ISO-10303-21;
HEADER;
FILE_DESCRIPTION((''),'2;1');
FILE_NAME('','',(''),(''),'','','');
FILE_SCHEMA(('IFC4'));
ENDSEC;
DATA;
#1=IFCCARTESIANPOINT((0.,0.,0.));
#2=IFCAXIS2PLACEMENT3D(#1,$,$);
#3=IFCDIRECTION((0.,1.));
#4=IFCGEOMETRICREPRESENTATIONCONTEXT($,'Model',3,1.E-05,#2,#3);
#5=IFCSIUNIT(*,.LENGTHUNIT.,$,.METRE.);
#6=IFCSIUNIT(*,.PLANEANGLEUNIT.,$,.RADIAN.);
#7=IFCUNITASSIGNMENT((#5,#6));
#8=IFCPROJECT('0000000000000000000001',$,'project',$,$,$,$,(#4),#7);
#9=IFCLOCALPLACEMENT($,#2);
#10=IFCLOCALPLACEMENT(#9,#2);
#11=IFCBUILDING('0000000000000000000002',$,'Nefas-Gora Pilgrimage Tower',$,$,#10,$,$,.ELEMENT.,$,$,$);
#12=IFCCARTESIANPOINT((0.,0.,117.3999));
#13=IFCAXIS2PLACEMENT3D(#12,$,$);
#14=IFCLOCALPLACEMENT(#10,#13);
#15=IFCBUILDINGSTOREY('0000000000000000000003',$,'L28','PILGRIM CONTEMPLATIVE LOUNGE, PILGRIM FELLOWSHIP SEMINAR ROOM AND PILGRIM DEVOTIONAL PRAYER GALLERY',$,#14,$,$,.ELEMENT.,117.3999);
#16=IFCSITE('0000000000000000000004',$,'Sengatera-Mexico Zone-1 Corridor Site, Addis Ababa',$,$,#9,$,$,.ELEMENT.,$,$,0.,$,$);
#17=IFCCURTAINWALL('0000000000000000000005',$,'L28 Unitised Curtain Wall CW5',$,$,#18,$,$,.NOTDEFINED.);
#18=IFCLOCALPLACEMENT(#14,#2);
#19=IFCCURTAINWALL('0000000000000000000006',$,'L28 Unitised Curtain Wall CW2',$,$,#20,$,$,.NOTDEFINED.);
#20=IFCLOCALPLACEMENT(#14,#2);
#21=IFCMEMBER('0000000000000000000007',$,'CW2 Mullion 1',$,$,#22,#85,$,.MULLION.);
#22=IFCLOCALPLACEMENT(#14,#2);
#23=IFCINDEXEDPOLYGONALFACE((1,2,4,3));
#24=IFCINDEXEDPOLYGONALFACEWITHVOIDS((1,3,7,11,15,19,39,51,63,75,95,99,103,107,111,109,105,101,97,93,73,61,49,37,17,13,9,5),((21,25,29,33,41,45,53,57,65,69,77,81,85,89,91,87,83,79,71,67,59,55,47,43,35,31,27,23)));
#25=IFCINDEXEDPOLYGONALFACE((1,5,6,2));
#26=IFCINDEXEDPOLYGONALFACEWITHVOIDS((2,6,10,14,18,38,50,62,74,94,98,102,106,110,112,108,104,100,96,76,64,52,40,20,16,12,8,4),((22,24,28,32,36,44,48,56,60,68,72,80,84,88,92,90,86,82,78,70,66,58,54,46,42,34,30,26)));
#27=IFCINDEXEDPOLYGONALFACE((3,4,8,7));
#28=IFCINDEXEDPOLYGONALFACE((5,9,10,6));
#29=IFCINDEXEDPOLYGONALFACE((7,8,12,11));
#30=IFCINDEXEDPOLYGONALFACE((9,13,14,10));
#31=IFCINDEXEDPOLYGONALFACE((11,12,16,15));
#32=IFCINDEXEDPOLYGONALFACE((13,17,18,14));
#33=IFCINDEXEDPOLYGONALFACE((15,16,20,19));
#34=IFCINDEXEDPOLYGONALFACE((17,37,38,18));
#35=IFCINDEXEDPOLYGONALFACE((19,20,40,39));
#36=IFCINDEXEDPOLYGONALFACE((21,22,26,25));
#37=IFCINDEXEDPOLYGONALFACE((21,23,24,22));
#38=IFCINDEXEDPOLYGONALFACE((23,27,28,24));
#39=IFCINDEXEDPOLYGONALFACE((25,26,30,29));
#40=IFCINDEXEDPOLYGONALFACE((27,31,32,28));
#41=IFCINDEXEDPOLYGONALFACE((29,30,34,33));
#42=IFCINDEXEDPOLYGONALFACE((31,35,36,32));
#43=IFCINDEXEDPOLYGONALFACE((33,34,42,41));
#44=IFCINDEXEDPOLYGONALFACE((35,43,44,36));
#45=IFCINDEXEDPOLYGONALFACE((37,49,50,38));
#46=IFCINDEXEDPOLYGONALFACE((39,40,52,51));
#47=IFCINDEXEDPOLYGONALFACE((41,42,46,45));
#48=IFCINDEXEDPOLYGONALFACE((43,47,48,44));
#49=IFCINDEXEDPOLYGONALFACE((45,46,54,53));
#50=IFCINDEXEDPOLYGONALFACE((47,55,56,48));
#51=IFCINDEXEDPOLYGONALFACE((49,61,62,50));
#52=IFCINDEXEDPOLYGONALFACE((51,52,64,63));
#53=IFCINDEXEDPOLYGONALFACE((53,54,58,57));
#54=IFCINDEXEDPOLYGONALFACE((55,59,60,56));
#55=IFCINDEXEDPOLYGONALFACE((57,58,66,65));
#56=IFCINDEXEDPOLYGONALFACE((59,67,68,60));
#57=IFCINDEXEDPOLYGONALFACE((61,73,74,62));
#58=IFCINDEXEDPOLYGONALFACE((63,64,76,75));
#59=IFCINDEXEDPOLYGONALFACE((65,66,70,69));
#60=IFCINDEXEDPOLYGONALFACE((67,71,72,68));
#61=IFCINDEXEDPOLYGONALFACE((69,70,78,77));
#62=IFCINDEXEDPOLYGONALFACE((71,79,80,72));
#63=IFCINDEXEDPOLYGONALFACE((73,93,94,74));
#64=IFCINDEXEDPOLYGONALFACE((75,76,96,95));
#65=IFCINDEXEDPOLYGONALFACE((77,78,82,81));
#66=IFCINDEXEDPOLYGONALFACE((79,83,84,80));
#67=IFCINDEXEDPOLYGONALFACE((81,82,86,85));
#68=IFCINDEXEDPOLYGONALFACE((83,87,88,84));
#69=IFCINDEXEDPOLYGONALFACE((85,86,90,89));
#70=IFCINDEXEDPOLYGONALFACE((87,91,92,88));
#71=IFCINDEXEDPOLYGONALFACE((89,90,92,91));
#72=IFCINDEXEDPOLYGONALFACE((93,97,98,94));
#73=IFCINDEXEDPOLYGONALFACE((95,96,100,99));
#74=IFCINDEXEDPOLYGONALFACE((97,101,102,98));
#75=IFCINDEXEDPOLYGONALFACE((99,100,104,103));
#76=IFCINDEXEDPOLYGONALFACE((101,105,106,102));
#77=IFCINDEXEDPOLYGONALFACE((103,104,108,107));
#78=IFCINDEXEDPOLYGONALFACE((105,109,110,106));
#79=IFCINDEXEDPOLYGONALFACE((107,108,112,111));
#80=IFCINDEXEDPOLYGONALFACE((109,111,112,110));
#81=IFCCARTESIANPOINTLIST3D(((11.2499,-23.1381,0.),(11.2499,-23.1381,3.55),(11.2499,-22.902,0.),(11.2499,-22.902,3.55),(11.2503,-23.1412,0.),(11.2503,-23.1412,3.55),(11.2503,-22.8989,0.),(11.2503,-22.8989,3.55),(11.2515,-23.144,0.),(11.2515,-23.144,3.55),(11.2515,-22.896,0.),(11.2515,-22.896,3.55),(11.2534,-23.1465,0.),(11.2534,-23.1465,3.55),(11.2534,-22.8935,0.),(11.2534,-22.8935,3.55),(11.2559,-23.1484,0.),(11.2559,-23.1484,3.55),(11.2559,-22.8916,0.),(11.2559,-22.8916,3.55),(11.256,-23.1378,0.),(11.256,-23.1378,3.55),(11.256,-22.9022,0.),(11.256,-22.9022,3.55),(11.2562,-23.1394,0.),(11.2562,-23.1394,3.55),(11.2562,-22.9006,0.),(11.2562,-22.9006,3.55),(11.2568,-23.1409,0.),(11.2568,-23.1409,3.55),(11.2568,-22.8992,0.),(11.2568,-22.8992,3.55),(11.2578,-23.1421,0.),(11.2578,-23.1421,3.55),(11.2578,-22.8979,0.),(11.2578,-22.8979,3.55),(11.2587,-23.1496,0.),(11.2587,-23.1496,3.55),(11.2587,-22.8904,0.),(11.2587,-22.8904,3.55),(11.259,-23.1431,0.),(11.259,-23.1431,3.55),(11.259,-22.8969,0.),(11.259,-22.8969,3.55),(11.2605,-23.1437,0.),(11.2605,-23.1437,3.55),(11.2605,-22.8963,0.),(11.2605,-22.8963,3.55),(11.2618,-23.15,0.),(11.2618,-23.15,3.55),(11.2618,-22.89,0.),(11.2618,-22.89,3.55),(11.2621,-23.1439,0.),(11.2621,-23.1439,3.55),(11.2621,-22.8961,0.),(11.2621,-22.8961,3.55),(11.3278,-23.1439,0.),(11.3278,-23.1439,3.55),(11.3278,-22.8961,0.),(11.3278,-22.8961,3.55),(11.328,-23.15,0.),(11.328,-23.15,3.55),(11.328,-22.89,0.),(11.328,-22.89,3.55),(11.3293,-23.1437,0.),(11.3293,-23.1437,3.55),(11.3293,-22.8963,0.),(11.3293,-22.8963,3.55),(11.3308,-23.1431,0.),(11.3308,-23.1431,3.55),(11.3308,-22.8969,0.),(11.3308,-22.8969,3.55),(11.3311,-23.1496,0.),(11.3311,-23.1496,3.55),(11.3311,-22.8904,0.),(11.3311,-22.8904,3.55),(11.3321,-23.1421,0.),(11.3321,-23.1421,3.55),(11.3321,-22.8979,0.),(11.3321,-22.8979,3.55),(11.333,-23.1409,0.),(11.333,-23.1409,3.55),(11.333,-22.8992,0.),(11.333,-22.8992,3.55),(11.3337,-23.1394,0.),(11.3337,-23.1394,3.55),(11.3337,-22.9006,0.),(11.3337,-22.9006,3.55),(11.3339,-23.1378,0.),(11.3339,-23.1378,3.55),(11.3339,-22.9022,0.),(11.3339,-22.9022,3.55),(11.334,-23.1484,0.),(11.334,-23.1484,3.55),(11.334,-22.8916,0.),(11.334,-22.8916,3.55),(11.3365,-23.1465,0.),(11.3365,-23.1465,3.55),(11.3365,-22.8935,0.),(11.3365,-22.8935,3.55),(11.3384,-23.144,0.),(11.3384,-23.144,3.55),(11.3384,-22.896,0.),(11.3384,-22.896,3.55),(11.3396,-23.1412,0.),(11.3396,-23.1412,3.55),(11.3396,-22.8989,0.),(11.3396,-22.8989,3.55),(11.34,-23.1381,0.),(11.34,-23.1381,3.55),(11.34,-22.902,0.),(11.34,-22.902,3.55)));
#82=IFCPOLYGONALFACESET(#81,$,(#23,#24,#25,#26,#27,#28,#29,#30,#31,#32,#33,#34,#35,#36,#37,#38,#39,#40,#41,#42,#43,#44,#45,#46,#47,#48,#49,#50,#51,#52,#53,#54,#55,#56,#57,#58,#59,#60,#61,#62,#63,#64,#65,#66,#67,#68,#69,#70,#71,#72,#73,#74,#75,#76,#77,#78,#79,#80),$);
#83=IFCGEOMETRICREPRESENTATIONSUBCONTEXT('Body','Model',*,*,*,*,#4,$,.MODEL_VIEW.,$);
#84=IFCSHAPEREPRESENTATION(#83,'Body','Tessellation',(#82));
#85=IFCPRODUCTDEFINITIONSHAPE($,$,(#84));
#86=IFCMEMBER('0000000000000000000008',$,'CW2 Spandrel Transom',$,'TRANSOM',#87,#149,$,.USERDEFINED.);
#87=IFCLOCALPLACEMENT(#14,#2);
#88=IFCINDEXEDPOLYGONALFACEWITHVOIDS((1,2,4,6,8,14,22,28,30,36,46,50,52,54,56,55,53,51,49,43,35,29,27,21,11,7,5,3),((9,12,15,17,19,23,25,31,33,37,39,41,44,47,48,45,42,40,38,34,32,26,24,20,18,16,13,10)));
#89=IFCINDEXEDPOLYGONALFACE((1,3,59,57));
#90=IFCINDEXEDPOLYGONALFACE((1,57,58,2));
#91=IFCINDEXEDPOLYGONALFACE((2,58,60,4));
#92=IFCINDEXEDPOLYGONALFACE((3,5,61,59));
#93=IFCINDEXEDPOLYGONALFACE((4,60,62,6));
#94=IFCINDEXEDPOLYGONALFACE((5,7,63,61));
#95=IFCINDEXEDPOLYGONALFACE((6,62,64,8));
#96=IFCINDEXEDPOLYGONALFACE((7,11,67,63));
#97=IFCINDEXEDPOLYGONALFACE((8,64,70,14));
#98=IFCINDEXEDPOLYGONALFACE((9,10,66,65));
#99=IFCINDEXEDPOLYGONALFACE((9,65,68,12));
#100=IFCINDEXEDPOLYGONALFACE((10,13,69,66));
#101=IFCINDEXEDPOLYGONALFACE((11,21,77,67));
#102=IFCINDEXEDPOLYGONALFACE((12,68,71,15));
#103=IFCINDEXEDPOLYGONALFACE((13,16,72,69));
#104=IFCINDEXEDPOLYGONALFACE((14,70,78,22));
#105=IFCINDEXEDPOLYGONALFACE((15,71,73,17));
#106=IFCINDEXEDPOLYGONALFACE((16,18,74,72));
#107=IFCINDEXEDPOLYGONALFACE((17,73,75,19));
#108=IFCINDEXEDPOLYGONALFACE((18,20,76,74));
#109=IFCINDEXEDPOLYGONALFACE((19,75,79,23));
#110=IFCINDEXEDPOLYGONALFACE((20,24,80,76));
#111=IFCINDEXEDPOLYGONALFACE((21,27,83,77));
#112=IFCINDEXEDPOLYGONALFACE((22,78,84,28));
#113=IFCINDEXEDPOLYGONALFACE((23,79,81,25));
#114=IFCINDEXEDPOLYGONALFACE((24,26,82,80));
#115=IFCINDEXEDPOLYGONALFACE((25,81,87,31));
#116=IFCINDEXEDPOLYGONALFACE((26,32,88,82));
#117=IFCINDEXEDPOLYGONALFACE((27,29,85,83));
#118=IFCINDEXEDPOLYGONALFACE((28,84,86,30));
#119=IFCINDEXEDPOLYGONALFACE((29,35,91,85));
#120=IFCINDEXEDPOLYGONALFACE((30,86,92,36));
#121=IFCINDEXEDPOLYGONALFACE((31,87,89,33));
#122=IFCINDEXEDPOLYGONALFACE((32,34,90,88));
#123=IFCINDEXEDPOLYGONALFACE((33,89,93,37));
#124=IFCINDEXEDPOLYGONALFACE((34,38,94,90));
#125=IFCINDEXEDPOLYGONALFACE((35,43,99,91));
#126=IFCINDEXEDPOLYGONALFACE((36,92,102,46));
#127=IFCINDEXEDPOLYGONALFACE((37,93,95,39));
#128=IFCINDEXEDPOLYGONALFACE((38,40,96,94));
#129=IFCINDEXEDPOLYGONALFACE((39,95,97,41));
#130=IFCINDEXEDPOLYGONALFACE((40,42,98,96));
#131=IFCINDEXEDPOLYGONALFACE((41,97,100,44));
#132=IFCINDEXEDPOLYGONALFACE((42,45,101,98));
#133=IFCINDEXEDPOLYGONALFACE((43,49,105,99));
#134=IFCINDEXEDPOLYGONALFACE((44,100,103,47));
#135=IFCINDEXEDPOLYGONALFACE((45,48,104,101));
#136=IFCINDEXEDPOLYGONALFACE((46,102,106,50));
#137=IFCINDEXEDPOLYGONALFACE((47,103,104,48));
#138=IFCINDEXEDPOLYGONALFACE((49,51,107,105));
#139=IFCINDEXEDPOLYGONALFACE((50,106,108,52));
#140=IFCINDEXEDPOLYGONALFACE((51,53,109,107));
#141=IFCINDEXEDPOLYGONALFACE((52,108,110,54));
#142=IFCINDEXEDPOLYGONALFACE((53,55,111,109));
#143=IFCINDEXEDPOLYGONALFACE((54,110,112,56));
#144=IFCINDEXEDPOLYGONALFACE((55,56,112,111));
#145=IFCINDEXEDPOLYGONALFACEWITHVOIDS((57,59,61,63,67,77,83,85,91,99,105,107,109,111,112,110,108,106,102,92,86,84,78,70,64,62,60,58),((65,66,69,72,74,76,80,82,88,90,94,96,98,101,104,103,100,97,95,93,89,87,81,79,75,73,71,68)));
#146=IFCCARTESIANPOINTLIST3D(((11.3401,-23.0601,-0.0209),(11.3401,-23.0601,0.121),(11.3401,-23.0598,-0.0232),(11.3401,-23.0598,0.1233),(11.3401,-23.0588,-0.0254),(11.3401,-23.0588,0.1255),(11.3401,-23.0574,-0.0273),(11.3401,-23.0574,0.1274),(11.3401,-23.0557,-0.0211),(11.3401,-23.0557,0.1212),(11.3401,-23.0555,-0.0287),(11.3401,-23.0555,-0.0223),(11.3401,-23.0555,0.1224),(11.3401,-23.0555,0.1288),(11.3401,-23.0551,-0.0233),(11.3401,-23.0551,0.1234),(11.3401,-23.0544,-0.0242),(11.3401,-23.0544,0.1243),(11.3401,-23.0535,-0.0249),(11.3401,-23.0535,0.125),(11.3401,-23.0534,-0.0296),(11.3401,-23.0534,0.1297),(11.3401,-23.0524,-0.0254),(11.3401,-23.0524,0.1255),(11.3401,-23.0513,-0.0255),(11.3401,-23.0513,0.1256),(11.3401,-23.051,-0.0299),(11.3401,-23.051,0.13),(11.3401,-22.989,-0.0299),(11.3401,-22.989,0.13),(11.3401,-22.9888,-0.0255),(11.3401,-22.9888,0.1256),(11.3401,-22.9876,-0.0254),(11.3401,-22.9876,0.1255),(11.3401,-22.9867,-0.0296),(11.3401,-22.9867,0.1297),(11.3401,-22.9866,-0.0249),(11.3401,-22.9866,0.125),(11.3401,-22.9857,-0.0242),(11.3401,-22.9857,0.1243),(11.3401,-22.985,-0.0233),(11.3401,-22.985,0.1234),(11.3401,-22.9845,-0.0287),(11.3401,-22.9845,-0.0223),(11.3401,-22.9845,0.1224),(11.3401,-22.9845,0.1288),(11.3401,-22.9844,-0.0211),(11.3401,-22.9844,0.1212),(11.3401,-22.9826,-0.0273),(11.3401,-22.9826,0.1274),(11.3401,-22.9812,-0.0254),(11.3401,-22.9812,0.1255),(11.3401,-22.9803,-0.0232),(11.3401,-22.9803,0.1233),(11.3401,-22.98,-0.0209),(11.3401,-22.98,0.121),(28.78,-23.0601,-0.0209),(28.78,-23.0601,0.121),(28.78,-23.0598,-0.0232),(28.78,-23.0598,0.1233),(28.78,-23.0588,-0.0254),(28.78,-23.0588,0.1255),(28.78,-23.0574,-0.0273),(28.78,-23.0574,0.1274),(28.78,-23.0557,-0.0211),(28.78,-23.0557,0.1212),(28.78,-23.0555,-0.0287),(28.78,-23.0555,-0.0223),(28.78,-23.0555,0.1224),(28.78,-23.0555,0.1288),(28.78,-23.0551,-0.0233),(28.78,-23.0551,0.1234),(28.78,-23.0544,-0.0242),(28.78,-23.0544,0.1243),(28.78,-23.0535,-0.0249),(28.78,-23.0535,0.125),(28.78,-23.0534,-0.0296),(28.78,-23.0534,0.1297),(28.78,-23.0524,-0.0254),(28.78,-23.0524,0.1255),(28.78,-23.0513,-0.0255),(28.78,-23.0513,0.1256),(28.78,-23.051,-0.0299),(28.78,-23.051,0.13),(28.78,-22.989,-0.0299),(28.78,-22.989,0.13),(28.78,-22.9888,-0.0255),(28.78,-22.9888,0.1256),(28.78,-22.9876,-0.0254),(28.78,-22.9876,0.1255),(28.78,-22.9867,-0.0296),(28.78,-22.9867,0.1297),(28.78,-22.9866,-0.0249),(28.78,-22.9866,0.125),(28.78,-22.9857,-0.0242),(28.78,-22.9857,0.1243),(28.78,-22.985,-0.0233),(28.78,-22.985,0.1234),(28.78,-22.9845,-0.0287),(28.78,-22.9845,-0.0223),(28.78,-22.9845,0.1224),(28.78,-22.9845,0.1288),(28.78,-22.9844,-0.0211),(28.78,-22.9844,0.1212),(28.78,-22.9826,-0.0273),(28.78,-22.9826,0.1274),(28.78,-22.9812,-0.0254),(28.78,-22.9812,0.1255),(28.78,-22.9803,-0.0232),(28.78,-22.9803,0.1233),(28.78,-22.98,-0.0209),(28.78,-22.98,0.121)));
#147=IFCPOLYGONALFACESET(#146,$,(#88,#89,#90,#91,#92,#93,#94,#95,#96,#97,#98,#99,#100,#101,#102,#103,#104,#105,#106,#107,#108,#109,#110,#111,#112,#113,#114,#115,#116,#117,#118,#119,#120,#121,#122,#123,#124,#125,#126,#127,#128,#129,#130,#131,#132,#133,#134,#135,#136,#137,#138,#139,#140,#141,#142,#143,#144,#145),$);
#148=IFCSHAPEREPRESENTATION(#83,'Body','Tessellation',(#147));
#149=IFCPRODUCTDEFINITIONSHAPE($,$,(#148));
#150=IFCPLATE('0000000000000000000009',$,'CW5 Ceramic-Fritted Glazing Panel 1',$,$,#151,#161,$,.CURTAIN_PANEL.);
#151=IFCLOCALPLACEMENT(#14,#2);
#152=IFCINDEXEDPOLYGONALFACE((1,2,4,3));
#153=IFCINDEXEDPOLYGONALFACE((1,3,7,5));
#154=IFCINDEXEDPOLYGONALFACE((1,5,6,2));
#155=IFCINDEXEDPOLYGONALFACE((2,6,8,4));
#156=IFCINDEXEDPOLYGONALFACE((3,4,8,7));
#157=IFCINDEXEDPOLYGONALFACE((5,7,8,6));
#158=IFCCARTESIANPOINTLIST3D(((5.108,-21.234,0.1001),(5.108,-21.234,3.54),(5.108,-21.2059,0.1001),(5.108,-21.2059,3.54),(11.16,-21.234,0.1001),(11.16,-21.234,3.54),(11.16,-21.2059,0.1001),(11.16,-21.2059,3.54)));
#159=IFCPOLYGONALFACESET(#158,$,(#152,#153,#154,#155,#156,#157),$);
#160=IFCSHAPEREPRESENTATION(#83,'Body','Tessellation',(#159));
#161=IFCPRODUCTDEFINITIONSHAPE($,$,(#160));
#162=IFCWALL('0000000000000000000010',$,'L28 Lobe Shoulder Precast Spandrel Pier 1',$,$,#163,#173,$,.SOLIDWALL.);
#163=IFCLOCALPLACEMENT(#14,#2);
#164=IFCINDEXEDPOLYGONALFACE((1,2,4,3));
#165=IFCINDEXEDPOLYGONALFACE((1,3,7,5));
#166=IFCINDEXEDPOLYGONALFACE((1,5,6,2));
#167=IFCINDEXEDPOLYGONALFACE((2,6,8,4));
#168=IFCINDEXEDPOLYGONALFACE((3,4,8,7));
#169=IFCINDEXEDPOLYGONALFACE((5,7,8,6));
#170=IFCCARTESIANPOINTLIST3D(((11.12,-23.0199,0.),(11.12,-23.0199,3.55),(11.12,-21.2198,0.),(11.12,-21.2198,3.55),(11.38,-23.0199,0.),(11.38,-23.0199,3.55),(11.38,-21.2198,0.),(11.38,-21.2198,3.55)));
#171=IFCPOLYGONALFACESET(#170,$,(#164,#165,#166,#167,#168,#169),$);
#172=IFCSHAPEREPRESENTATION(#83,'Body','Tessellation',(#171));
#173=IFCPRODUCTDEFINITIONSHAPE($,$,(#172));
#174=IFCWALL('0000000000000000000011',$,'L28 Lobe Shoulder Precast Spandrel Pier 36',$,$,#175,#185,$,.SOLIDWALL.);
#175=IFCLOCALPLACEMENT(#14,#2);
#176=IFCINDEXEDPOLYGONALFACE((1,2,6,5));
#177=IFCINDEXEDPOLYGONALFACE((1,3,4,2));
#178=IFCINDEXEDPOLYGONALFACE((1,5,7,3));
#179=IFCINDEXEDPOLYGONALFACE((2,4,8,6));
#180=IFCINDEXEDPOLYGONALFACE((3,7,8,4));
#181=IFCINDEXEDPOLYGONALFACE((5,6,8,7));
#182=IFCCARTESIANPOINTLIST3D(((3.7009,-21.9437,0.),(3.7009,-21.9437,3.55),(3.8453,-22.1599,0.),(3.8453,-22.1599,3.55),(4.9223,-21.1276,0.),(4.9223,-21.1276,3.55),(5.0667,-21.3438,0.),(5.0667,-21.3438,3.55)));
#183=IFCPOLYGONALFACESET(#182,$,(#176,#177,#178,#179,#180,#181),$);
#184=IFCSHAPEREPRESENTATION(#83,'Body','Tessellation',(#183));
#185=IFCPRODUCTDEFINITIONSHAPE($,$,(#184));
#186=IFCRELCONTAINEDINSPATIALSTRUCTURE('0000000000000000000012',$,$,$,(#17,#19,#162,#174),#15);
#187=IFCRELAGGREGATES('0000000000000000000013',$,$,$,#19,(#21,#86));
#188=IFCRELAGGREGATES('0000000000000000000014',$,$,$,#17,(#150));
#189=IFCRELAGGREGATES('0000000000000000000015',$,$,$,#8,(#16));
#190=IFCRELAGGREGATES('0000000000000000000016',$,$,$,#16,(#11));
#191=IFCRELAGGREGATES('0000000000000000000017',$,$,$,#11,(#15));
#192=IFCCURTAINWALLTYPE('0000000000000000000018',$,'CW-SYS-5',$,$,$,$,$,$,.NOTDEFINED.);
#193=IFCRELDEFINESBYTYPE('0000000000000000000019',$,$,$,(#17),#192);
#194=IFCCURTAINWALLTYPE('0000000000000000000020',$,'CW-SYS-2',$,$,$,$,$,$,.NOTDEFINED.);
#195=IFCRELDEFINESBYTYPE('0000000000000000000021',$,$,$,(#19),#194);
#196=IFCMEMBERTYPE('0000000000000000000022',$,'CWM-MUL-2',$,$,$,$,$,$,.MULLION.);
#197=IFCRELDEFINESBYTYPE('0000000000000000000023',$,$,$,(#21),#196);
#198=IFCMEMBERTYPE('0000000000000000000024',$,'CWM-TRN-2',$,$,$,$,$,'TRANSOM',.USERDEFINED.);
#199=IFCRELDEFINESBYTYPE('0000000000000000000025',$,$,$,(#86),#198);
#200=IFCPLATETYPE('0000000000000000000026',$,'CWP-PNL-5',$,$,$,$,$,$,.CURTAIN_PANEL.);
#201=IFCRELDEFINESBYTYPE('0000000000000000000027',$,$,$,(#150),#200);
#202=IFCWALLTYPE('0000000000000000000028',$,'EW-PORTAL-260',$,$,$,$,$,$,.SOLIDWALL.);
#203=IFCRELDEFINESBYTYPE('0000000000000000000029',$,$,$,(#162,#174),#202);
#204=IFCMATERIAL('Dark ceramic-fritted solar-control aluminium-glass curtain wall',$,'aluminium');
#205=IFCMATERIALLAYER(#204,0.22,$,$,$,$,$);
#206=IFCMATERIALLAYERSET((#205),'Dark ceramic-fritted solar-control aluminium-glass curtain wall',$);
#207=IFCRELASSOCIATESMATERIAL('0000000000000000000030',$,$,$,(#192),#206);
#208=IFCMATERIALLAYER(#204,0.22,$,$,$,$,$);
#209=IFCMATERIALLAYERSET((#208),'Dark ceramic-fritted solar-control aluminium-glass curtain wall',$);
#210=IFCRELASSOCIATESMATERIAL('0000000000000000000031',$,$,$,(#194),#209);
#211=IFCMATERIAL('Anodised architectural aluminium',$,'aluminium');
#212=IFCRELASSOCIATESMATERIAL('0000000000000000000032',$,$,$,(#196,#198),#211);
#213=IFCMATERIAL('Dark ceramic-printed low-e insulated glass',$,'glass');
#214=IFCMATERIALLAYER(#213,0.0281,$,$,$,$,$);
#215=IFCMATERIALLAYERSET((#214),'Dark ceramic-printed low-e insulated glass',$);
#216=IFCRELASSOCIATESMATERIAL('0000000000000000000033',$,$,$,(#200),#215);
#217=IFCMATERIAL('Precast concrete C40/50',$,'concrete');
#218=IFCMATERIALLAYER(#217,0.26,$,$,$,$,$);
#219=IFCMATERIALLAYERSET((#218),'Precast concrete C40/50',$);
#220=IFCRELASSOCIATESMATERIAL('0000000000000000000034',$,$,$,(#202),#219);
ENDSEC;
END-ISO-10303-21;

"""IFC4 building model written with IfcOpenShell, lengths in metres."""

from ifc_helpers import new_model, si_unit, direction, frame, frame_2d, origin, origin_2d, place, context, subcontext, project, spatial, rectangle, hollow_rectangle, extrude, source, transform, mapped, material, layer, layer_set, material_profile, profile_set, type_object, element, aggregate, save


model = new_model("IFC4")

# Units and contexts
model_context = context("Model", 3, precision=1e-05, world=origin(), true_north=direction((0.0, 1.0)))
body_context = subcontext(model_context, "Body", "Model", "MODEL_VIEW")
ifc_project = project(units=[si_unit("LENGTHUNIT", "METRE"), si_unit("PLANEANGLEUNIT", "RADIAN")], contexts=[model_context])

# Site, building, storey
site_placement = place(None, origin())
site = spatial("IfcSite", under=ifc_project, at=site_placement, Name="Sengatera-Mexico Zone-1 Corridor Site, Addis Ababa", CompositionType="ELEMENT", RefElevation=0.0)
building_placement = place(site_placement, origin())
building = spatial("IfcBuilding", under=site, at=building_placement, Name="Nefas-Gora Pilgrimage Tower", CompositionType="ELEMENT")
storey_placement = place(building_placement, frame((0.0, 0.0, 117.3999)))
storey = spatial("IfcBuildingStorey", under=building, at=storey_placement, Name="L28", Description="PILGRIM CONTEMPLATIVE LOUNGE, PILGRIM FELLOWSHIP SEMINAR ROOM AND PILGRIM DEVOTIONAL PRAYER GALLERY", CompositionType="ELEMENT", Elevation=117.3999)

# Curtain wall
ifc_material_1 = material(Name="Dark ceramic-fritted solar-control aluminium-glass curtain wall", Category="aluminium")
ifc_layer_1 = layer(ifc_material_1, 0.22)
ifc_layer_set_1 = layer_set([ifc_layer_1], Name="Dark ceramic-fritted solar-control aluminium-glass curtain wall")
curtain_wall_type_1 = type_object("IfcCurtainWallType", Name="CW-SYS-5", PredefinedType="NOTDEFINED", material=ifc_layer_set_1)
curtain_wall_1_placement = place(storey_placement, origin())
curtain_wall_1 = element("IfcCurtainWall", 1, at=curtain_wall_1_placement, inside=storey, type_object=curtain_wall_type_1, Name="L28 Unitised Curtain Wall CW5", PredefinedType="NOTDEFINED")
ifc_material_2 = material(Name="Anodised architectural aluminium", Category="aluminium")

# Curtain wall, members
ifc_layer_2 = layer(ifc_material_1, 0.22)
ifc_layer_set_2 = layer_set([ifc_layer_2], Name="Dark ceramic-fritted solar-control aluminium-glass curtain wall")
curtain_wall_type_2 = type_object("IfcCurtainWallType", Name="CW-SYS-2", PredefinedType="NOTDEFINED", material=ifc_layer_set_2)
curtain_wall_2_placement = place(storey_placement, origin())
curtain_wall_2 = element("IfcCurtainWall", 2, at=curtain_wall_2_placement, inside=storey, type_object=curtain_wall_type_2, Name="L28 Unitised Curtain Wall CW2", PredefinedType="NOTDEFINED")
ifc_material_profile_1 = material_profile(ifc_material_2, hollow_rectangle(XDim=0.0901, YDim=0.26, WallThickness=0.0061, InnerFilletRadius=0.0061, OuterFilletRadius=0.012, at=origin_2d()), Name="ALU MULLION 90x260")
ifc_profile_set_1 = profile_set([ifc_material_profile_1], Name="Anodised architectural aluminium")
member_type_1 = type_object("IfcMemberType", Name="CWM-MUL-2", PredefinedType="MULLION", material=ifc_profile_set_1)
shared_shape_1 = source(origin(), body_context, "Body", "SweptSolid", [
    extrude(hollow_rectangle(XDim=0.0901, YDim=0.26, WallThickness=0.0061, InnerFilletRadius=0.0061, OuterFilletRadius=0.012, at=origin_2d()), origin(), (0.0, 0.0, 1.0), 3.55),
])
member_1_placement = place(storey_placement, frame((11.2949, -23.02, 0.0), z_axis=(0.0, 0.0, 1.0), x_axis=(1.0, 0.0, 0.0)))
member_1 = element("IfcMember", 3, at=member_1_placement, type_object=member_type_1, Name="CW2 Mullion 1", PredefinedType="MULLION", context=body_context, shape_type="MappedRepresentation", body=[
    mapped(shared_shape_1, transform((0.0, 0.0, 0.0), x_axis=(1.0, 0.0, 0.0), y_axis=(0.0, 1.0, 0.0), z_axis=(0.0, 0.0, 1.0), scale=1.0)),
])
ifc_material_profile_2 = material_profile(ifc_material_2, hollow_rectangle(XDim=0.0801, YDim=0.1599, WallThickness=0.0044, InnerFilletRadius=0.0044, OuterFilletRadius=0.009, at=origin_2d()), Name="ALU TRANSOM 80x160")
ifc_profile_set_2 = profile_set([ifc_material_profile_2], Name="Anodised architectural aluminium")
member_type_2 = type_object("IfcMemberType", Name="CWM-TRN-2", ElementType="TRANSOM", PredefinedType="USERDEFINED", material=ifc_profile_set_2)
shared_shape_2 = source(origin(), body_context, "Body", "SweptSolid", [
    extrude(hollow_rectangle(XDim=0.0801, YDim=0.1599, WallThickness=0.0044, InnerFilletRadius=0.0044, OuterFilletRadius=0.009, at=origin_2d()), origin(), (0.0, 0.0, 1.0), 17.4399),
])
member_2_placement = place(storey_placement, frame((11.3401, -23.02, 0.05), z_axis=(1.0, 0.0, 0.0), x_axis=(0.0, 1.0, 0.0)))
member_2 = element("IfcMember", 4, at=member_2_placement, type_object=member_type_2, Name="CW2 Spandrel Transom", ObjectType="TRANSOM", PredefinedType="USERDEFINED", context=body_context, shape_type="MappedRepresentation", body=[
    mapped(shared_shape_2, transform((0.0, 0.0, 0.0), x_axis=(1.0, 0.0, 0.0), y_axis=(0.0, 1.0, 0.0), z_axis=(0.0, 0.0, 1.0), scale=1.0)),
])
aggregate(curtain_wall_2, [member_1, member_2])

# Plate
ifc_material_3 = material(Name="Dark ceramic-printed low-e insulated glass", Category="glass")
ifc_layer_3 = layer(ifc_material_3, 0.0281)
ifc_layer_set_3 = layer_set([ifc_layer_3], Name="Dark ceramic-printed low-e insulated glass")
plate_type = type_object("IfcPlateType", Name="CWP-PNL-5", PredefinedType="CURTAIN_PANEL", material=ifc_layer_set_3)
shared_shape_3 = source(origin(), body_context, "Body", "SweptSolid", [
    extrude(rectangle(XDim=6.052, YDim=0.0281, at=origin_2d()), origin(), (0.0, 0.0, 1.0), 3.4399),
])
plate_placement = place(storey_placement, frame((8.134, -21.22, 0.1001), z_axis=(0.0, 0.0, 1.0), x_axis=(1.0, 0.0, 0.0)))
plate = element("IfcPlate", 5, at=plate_placement, type_object=plate_type, Name="CW5 Ceramic-Fritted Glazing Panel 1", PredefinedType="CURTAIN_PANEL", context=body_context, shape_type="MappedRepresentation", body=[
    mapped(shared_shape_3, transform((0.0, 0.0, 0.0), x_axis=(1.0, 0.0, 0.0), y_axis=(0.0, 1.0, 0.0), z_axis=(0.0, 0.0, 1.0), scale=1.0)),
])
aggregate(curtain_wall_1, [plate])

# Walls
ifc_material_4 = material(Name="Precast concrete C40/50", Category="concrete")
ifc_layer_4 = layer(ifc_material_4, 0.26)
ifc_layer_set_4 = layer_set([ifc_layer_4], Name="Precast concrete C40/50")
wall_type_1 = type_object("IfcWallType", Name="EW-PORTAL-260", PredefinedType="SOLIDWALL", material=ifc_layer_set_4)
shared_shape_4 = source(origin(), body_context, "Body", "SweptSolid", [
    extrude(rectangle(XDim=1.8, YDim=0.26, at=frame_2d((0.8999, 0.0))), origin(), (0.0, 0.0, 1.0), 3.55),
])
wall_1_placement = place(storey_placement, frame((11.25, -21.22, 0.0), z_axis=(0.0, 0.0, 1.0), x_axis=(0.0, -1.0, 0.0)))
element("IfcWall", 6, at=wall_1_placement, inside=storey, type_object=wall_type_1, Name="L28 Lobe Shoulder Precast Spandrel Pier 1", PredefinedType="SOLIDWALL", context=body_context, shape_type="MappedRepresentation", body=[
    mapped(shared_shape_4, transform((0.0, 0.0, 0.0), x_axis=(1.0, 0.0, 0.0), y_axis=(0.0, 1.0, 0.0), z_axis=(0.0, 0.0, 1.0), scale=1.0)),
])
shared_shape_5 = source(origin(), body_context, "Body", "SweptSolid", [
    extrude(rectangle(XDim=1.469, YDim=0.26, at=frame_2d((0.7344, 0.0))), origin(), (0.0, 0.0, 1.0), 3.55),
])
wall_2_placement = place(storey_placement, frame((3.7732, -22.0518, 0.0), z_axis=(0.0, 0.0, 1.0), x_axis=(0.831462, 0.555582, 0.0)))
element("IfcWall", 7, at=wall_2_placement, inside=storey, type_object=wall_type_1, Name="L28 Lobe Shoulder Precast Spandrel Pier 36", PredefinedType="SOLIDWALL", context=body_context, shape_type="MappedRepresentation", body=[
    mapped(shared_shape_5, transform((0.0, 0.0, 0.0), x_axis=(1.0, 0.0, 0.0), y_axis=(0.0, 1.0, 0.0), z_axis=(0.0, 0.0, 1.0), scale=1.0)),
])

save(model, "model.ifc")
